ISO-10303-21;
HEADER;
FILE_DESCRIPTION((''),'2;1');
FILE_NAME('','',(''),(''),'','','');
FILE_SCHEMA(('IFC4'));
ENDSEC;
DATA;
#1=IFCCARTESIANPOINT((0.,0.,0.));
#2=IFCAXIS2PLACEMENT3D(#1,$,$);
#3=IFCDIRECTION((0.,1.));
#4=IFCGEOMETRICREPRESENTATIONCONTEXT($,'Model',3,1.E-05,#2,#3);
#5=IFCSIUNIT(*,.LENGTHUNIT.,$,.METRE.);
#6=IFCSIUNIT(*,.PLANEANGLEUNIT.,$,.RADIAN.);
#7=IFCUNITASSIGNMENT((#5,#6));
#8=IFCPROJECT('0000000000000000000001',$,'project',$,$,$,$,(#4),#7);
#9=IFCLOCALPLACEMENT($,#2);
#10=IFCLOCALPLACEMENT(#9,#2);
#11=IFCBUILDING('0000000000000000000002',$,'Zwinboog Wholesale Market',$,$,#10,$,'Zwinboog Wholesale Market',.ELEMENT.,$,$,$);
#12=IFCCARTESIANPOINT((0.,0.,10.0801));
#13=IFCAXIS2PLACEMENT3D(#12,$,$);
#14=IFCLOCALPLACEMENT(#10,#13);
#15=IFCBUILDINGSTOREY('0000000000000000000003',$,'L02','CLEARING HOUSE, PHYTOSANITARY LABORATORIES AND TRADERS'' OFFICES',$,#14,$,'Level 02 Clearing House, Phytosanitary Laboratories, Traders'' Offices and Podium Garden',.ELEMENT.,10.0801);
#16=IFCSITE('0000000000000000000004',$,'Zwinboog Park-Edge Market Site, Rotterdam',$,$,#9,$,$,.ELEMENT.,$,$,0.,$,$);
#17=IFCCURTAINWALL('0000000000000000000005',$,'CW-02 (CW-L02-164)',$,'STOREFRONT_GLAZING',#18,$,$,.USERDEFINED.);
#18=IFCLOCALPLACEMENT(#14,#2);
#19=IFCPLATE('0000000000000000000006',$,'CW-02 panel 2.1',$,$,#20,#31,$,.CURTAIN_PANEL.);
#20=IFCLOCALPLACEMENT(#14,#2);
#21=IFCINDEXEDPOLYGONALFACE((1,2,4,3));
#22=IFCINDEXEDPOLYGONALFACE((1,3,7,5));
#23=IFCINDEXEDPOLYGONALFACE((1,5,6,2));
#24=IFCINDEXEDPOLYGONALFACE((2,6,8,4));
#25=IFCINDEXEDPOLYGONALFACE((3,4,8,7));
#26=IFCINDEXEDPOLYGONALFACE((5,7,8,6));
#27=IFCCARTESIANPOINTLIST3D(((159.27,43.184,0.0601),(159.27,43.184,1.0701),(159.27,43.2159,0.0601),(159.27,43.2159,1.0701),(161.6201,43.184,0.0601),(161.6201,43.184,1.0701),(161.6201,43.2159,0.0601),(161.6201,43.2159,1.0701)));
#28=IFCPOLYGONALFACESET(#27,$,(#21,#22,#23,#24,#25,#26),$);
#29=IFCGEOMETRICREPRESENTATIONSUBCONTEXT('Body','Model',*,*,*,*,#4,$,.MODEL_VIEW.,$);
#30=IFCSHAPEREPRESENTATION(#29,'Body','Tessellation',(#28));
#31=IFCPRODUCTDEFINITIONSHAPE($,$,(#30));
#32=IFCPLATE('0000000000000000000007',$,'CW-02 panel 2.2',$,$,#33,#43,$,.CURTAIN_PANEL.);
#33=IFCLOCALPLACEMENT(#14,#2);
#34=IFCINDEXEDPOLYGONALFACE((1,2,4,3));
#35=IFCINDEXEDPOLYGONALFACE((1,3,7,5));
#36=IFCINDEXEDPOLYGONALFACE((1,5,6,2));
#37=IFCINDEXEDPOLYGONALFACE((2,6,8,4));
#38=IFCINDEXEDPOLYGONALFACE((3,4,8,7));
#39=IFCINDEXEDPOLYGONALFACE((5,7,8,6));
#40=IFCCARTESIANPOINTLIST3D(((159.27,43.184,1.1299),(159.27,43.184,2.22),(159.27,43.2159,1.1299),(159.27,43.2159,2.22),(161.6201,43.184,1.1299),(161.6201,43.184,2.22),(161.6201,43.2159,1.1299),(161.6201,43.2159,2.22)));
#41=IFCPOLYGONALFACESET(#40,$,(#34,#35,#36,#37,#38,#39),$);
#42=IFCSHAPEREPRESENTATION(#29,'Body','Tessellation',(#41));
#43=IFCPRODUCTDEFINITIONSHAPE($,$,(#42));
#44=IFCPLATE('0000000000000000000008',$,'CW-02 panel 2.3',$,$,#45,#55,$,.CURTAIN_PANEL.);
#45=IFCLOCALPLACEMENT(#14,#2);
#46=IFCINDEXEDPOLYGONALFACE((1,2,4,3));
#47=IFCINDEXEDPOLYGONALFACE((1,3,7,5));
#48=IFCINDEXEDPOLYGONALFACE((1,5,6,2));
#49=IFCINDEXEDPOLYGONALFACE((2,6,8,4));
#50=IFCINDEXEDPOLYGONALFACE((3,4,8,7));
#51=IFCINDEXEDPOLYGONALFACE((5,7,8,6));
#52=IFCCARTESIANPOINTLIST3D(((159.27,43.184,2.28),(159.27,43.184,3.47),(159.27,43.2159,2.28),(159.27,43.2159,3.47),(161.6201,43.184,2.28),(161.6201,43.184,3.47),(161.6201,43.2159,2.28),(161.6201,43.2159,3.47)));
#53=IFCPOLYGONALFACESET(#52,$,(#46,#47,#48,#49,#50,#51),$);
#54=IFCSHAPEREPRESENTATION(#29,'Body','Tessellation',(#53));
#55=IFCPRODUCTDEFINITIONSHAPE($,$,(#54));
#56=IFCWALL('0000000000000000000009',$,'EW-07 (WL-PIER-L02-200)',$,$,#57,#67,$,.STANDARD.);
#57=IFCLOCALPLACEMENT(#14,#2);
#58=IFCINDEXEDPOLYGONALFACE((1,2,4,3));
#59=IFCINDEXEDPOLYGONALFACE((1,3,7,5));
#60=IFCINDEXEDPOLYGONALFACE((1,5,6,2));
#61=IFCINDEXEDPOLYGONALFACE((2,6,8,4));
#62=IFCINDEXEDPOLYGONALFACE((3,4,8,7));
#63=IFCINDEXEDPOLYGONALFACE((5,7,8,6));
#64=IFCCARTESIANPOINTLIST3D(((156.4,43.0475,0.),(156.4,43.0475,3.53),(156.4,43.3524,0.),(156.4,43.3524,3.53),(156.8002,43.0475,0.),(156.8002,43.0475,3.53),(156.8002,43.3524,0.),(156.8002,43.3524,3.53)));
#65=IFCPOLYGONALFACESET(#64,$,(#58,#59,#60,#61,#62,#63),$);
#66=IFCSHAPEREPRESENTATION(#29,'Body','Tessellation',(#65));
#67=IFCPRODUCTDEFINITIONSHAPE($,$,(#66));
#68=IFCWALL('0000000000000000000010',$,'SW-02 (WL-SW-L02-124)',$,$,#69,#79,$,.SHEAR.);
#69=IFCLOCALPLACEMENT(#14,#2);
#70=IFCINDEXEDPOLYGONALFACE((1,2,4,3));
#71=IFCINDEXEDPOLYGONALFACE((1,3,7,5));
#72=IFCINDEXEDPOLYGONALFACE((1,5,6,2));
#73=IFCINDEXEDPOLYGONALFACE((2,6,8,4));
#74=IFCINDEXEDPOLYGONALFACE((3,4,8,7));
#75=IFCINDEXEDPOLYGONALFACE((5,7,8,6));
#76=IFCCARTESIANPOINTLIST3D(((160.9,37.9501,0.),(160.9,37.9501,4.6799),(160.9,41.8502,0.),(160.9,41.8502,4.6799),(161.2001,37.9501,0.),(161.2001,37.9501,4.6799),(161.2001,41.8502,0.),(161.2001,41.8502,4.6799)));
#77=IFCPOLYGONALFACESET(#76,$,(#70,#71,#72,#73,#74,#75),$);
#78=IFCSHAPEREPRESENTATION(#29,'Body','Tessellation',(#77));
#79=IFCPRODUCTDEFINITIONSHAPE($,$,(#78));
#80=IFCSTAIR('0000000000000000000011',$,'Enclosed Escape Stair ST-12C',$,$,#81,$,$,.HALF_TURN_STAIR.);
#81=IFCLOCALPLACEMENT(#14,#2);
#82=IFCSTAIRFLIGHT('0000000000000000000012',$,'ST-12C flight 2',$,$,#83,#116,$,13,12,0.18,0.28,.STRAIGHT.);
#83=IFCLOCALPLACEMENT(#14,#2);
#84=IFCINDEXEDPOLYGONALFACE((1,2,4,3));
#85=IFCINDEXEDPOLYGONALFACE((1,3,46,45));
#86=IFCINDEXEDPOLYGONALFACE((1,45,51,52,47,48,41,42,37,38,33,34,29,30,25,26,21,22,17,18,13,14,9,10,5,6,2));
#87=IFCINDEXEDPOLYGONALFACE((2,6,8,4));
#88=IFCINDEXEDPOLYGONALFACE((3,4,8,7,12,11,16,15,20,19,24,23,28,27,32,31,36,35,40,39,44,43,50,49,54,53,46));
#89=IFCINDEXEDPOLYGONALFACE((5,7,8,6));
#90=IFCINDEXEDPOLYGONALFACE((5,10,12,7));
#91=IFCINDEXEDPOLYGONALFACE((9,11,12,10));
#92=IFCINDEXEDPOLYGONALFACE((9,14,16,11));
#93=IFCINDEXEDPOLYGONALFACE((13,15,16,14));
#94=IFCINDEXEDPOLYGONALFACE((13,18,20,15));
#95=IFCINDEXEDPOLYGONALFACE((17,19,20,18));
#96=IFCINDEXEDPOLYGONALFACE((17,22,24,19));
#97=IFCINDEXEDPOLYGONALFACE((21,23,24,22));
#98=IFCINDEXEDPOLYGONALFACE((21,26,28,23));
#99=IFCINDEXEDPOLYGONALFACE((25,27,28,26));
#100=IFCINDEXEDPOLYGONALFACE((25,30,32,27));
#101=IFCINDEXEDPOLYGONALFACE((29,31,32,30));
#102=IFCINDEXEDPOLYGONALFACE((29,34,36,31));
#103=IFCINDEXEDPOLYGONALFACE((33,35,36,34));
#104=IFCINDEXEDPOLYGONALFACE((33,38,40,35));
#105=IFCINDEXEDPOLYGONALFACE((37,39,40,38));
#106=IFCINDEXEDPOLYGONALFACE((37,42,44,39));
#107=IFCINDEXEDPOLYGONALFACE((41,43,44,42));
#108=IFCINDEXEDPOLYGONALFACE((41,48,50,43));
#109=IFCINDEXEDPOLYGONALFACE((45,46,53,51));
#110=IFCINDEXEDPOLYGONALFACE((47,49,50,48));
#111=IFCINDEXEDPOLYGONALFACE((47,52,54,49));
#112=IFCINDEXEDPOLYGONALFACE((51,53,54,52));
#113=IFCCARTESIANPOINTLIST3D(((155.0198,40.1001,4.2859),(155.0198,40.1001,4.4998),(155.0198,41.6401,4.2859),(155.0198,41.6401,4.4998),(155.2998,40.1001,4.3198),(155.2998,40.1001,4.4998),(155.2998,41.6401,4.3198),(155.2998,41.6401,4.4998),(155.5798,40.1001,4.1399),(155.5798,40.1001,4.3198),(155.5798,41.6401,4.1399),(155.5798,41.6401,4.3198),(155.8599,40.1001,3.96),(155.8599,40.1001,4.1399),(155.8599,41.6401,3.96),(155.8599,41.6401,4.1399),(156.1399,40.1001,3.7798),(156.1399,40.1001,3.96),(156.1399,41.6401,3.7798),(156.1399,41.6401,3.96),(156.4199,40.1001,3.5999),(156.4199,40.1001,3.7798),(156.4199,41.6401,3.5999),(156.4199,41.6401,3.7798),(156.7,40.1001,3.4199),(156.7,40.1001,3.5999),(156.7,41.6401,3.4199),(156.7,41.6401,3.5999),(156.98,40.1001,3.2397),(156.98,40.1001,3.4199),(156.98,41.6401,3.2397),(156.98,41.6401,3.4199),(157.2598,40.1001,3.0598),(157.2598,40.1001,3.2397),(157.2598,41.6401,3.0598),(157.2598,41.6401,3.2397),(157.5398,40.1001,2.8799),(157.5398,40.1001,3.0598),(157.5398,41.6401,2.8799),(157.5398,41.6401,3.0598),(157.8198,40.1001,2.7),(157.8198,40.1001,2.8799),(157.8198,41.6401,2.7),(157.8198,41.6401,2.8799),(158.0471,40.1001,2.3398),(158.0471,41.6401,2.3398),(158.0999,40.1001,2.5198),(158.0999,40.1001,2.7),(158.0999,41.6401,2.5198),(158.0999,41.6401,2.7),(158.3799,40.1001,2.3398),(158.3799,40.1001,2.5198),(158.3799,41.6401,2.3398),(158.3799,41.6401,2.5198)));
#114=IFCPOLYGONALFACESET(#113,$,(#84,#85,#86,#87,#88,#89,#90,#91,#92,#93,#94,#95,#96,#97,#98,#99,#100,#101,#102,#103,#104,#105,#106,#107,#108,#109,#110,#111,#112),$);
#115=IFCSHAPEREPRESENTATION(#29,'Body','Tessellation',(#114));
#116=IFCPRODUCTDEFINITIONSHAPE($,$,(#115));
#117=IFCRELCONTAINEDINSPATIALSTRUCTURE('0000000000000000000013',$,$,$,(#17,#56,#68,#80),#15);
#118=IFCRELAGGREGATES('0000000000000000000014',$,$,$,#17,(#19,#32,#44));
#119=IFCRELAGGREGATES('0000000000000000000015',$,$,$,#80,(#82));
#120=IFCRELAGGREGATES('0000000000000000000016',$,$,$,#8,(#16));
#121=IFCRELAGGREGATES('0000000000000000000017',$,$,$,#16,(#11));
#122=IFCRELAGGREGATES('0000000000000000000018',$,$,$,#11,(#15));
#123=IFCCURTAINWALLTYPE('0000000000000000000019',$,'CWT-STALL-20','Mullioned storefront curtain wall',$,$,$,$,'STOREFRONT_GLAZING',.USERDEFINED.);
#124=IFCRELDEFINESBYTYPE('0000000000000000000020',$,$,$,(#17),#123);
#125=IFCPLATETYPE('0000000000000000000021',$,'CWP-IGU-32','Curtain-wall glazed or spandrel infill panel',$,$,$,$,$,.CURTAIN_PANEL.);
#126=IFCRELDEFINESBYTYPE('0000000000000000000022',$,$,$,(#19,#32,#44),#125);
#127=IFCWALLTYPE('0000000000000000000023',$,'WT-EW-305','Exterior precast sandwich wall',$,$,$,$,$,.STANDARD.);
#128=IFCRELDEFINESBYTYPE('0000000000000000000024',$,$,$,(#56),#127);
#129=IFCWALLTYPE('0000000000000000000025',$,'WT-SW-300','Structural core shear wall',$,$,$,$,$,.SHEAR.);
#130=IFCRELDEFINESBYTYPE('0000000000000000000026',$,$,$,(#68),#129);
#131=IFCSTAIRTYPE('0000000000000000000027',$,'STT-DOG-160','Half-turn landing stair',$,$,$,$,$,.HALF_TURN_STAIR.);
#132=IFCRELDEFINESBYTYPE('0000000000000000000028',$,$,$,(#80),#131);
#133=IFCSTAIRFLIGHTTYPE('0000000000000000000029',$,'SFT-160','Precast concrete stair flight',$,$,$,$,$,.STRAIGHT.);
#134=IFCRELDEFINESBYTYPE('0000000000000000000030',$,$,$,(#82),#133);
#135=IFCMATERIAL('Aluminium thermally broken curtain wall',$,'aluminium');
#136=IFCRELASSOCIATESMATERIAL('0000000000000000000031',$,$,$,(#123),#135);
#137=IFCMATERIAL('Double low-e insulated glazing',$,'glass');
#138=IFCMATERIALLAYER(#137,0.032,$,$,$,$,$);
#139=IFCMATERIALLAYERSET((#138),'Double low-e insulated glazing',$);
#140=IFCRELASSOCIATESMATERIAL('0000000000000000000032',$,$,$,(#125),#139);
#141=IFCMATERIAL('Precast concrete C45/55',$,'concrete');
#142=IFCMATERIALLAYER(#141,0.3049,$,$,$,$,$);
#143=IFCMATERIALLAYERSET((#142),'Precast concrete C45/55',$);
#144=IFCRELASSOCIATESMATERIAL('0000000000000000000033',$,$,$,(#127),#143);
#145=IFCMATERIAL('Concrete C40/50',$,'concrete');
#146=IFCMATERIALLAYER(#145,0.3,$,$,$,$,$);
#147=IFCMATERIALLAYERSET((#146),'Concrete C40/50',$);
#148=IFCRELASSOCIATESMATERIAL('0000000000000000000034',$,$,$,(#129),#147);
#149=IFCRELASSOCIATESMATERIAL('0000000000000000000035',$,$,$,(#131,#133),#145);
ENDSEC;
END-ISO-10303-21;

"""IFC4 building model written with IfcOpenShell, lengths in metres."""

from ifc_helpers import new_model, si_unit, direction, frame, frame_2d, origin, origin_2d, place, context, subcontext, project, spatial, polyline, rectangle, outline, extrude, material, layer, layer_set, type_object, element, aggregate, save


model = new_model("IFC4")

# Units and contexts
model_context = context("Model", 3, precision=1e-05, world=origin(), true_north=direction((0.0, 1.0)))
body_context = subcontext(model_context, "Body", "Model", "MODEL_VIEW")
ifc_project = project(units=[si_unit("LENGTHUNIT", "METRE"), si_unit("PLANEANGLEUNIT", "RADIAN")], contexts=[model_context])

# Site, building, storey
site_placement = place(None, origin())
site = spatial("IfcSite", under=ifc_project, at=site_placement, Name="Zwinboog Park-Edge Market Site, Rotterdam", CompositionType="ELEMENT", RefElevation=0.0)
building_placement = place(site_placement, origin())
building = spatial("IfcBuilding", under=site, at=building_placement, Name="Zwinboog Wholesale Market", LongName="Zwinboog Wholesale Market", CompositionType="ELEMENT")
storey_placement = place(building_placement, frame((0.0, 0.0, 10.0801)))
storey = spatial("IfcBuildingStorey", under=building, at=storey_placement, Name="L02", Description="CLEARING HOUSE, PHYTOSANITARY LABORATORIES AND TRADERS' OFFICES", LongName="Level 02 Clearing House, Phytosanitary Laboratories, Traders' Offices and Podium Garden", CompositionType="ELEMENT", Elevation=10.0801)

# Shared definitions
ifc_material_1 = material(Name="Aluminium thermally broken curtain wall", Category="aluminium")

# Curtain wall, plates
curtain_wall_type_1 = type_object("IfcCurtainWallType", Name="CWT-STALL-20", Description="Mullioned storefront curtain wall", ElementType="STOREFRONT_GLAZING", PredefinedType="USERDEFINED", material=ifc_material_1)
curtain_wall_1_placement = place(storey_placement, origin())
curtain_wall_1 = element("IfcCurtainWall", 1, at=curtain_wall_1_placement, inside=storey, type_object=curtain_wall_type_1, Name="CW-02 (CW-L02-164)", ObjectType="STOREFRONT_GLAZING", PredefinedType="USERDEFINED")
ifc_material_2 = material(Name="Double low-e insulated glazing", Category="glass")
ifc_layer_1 = layer(ifc_material_2, 0.032)
ifc_layer_set_1 = layer_set([ifc_layer_1], Name="Double low-e insulated glazing")
plate_type = type_object("IfcPlateType", Name="CWP-IGU-32", Description="Curtain-wall glazed or spandrel infill panel", PredefinedType="CURTAIN_PANEL", material=ifc_layer_set_1)
plate_1_placement = place(storey_placement, frame((160.4451, 43.2, 0.0601), z_axis=(0.0, 0.0, 1.0), x_axis=(1.0, 0.0, 0.0)))
plate_1 = element("IfcPlate", 2, at=plate_1_placement, type_object=plate_type, Name="CW-02 panel 2.1", PredefinedType="CURTAIN_PANEL", context=body_context, shape_type="SweptSolid", body=[
    extrude(rectangle(XDim=2.3501, YDim=0.032, at=origin_2d()), origin(), (0.0, 0.0, 1.0), 1.01),
])
plate_2_placement = place(storey_placement, frame((160.4451, 43.2, 1.1299), z_axis=(0.0, 0.0, 1.0), x_axis=(1.0, 0.0, 0.0)))
plate_2 = element("IfcPlate", 3, at=plate_2_placement, type_object=plate_type, Name="CW-02 panel 2.2", PredefinedType="CURTAIN_PANEL", context=body_context, shape_type="SweptSolid", body=[
    extrude(rectangle(XDim=2.3501, YDim=0.032, at=origin_2d()), origin(), (0.0, 0.0, 1.0), 1.0901),
])
plate_3_placement = place(storey_placement, frame((160.4451, 43.2, 2.28), z_axis=(0.0, 0.0, 1.0), x_axis=(1.0, 0.0, 0.0)))
plate_3 = element("IfcPlate", 4, at=plate_3_placement, type_object=plate_type, Name="CW-02 panel 2.3", PredefinedType="CURTAIN_PANEL", context=body_context, shape_type="SweptSolid", body=[
    extrude(rectangle(XDim=2.3501, YDim=0.032, at=origin_2d()), origin(), (0.0, 0.0, 1.0), 1.1899),
])
aggregate(curtain_wall_1, [plate_1, plate_2, plate_3])

# Walls
ifc_material_3 = material(Name="Precast concrete C45/55", Category="concrete")
ifc_layer_2 = layer(ifc_material_3, 0.3049)
ifc_layer_set_2 = layer_set([ifc_layer_2], Name="Precast concrete C45/55")
wall_type_1 = type_object("IfcWallType", Name="WT-EW-305", Description="Exterior precast sandwich wall", PredefinedType="STANDARD", material=ifc_layer_set_2)
wall_1_placement = place(storey_placement, frame((156.3999, 43.2, 0.0), z_axis=(0.0, 0.0, 1.0), x_axis=(1.0, 0.0, 0.0)))
element("IfcWall", 5, at=wall_1_placement, inside=storey, type_object=wall_type_1, Name="EW-07 (WL-PIER-L02-200)", PredefinedType="STANDARD", context=body_context, shape_type="SweptSolid", body=[
    extrude(rectangle(XDim=0.4001, YDim=0.3049, at=frame_2d((0.2002, 0.0))), origin(), (0.0, 0.0, 1.0), 3.53),
])
ifc_material_4 = material(Name="Concrete C40/50", Category="concrete")
ifc_layer_3 = layer(ifc_material_4, 0.3)
ifc_layer_set_3 = layer_set([ifc_layer_3], Name="Concrete C40/50")
wall_type_2 = type_object("IfcWallType", Name="WT-SW-300", Description="Structural core shear wall", PredefinedType="SHEAR", material=ifc_layer_set_3)
wall_2_placement = place(storey_placement, frame((161.05, 37.95, 0.0), z_axis=(0.0, 0.0, 1.0), x_axis=(0.0, 1.0, 0.0)))
element("IfcWall", 6, at=wall_2_placement, inside=storey, type_object=wall_type_2, Name="SW-02 (WL-SW-L02-124)", PredefinedType="SHEAR", context=body_context, shape_type="SweptSolid", body=[
    extrude(rectangle(XDim=3.9001, YDim=0.3, at=frame_2d((1.9502, 0.0))), origin(), (0.0, 0.0, 1.0), 4.6799),
])

# Stair, stair flight
stair_type = type_object("IfcStairType", Name="STT-DOG-160", Description="Half-turn landing stair", PredefinedType="HALF_TURN_STAIR", material=ifc_material_4)
stair_placement = place(storey_placement, origin())
stair = element("IfcStair", 7, at=stair_placement, inside=storey, type_object=stair_type, Name="Enclosed Escape Stair ST-12C", PredefinedType="HALF_TURN_STAIR")
stair_flight_type = type_object("IfcStairFlightType", Name="SFT-160", Description="Precast concrete stair flight", PredefinedType="STRAIGHT", material=ifc_material_4)
stair_flight_placement = place(storey_placement, frame((158.3799, 40.8701, 2.3398), z_axis=(0.0, 0.0, 1.0), x_axis=(-1.0, 0.0, 0.0)))
stair_flight = element("IfcStairFlight", 8, at=stair_flight_placement, type_object=stair_flight_type, Name="ST-12C flight 2", NumberOfRisers=13, NumberOfTreads=12, PredefinedType="STRAIGHT", RiserHeight=0.18, TreadLength=0.28, context=body_context, shape_type="SweptSolid", body=[
    extrude(outline(polyline([(0.0, 0.0), (0.0, 0.1799), (0.28, 0.1799), (0.28, 0.3601), (0.5601, 0.3601), (0.5601, 0.54), (0.8401, 0.54), (0.8401, 0.72), (1.1201, 0.72), (1.1201, 0.8999), (1.3999, 0.8999), (1.3999, 1.0801), (1.6799, 1.0801), (1.6799, 1.26), (1.96, 1.26), (1.96, 1.4399), (2.24, 1.4399), (2.24, 1.6201), (2.52, 1.6201), (2.52, 1.8), (2.8, 1.8), (2.8, 1.98), (3.0801, 1.98), (3.0801, 2.1599), (3.3601, 2.1599), (3.3601, 2.3401), (3.3601, 1.946), (0.3328, 0.0), (0.0, 0.0)])), frame((0.0, 0.77, 0.0), z_axis=(0.0, -1.0, 0.0), x_axis=(1.0, 0.0, 0.0)), (0.0, 0.0, 1.0), 1.54),
])
aggregate(stair, [stair_flight])

save(model, "model.ifc")
